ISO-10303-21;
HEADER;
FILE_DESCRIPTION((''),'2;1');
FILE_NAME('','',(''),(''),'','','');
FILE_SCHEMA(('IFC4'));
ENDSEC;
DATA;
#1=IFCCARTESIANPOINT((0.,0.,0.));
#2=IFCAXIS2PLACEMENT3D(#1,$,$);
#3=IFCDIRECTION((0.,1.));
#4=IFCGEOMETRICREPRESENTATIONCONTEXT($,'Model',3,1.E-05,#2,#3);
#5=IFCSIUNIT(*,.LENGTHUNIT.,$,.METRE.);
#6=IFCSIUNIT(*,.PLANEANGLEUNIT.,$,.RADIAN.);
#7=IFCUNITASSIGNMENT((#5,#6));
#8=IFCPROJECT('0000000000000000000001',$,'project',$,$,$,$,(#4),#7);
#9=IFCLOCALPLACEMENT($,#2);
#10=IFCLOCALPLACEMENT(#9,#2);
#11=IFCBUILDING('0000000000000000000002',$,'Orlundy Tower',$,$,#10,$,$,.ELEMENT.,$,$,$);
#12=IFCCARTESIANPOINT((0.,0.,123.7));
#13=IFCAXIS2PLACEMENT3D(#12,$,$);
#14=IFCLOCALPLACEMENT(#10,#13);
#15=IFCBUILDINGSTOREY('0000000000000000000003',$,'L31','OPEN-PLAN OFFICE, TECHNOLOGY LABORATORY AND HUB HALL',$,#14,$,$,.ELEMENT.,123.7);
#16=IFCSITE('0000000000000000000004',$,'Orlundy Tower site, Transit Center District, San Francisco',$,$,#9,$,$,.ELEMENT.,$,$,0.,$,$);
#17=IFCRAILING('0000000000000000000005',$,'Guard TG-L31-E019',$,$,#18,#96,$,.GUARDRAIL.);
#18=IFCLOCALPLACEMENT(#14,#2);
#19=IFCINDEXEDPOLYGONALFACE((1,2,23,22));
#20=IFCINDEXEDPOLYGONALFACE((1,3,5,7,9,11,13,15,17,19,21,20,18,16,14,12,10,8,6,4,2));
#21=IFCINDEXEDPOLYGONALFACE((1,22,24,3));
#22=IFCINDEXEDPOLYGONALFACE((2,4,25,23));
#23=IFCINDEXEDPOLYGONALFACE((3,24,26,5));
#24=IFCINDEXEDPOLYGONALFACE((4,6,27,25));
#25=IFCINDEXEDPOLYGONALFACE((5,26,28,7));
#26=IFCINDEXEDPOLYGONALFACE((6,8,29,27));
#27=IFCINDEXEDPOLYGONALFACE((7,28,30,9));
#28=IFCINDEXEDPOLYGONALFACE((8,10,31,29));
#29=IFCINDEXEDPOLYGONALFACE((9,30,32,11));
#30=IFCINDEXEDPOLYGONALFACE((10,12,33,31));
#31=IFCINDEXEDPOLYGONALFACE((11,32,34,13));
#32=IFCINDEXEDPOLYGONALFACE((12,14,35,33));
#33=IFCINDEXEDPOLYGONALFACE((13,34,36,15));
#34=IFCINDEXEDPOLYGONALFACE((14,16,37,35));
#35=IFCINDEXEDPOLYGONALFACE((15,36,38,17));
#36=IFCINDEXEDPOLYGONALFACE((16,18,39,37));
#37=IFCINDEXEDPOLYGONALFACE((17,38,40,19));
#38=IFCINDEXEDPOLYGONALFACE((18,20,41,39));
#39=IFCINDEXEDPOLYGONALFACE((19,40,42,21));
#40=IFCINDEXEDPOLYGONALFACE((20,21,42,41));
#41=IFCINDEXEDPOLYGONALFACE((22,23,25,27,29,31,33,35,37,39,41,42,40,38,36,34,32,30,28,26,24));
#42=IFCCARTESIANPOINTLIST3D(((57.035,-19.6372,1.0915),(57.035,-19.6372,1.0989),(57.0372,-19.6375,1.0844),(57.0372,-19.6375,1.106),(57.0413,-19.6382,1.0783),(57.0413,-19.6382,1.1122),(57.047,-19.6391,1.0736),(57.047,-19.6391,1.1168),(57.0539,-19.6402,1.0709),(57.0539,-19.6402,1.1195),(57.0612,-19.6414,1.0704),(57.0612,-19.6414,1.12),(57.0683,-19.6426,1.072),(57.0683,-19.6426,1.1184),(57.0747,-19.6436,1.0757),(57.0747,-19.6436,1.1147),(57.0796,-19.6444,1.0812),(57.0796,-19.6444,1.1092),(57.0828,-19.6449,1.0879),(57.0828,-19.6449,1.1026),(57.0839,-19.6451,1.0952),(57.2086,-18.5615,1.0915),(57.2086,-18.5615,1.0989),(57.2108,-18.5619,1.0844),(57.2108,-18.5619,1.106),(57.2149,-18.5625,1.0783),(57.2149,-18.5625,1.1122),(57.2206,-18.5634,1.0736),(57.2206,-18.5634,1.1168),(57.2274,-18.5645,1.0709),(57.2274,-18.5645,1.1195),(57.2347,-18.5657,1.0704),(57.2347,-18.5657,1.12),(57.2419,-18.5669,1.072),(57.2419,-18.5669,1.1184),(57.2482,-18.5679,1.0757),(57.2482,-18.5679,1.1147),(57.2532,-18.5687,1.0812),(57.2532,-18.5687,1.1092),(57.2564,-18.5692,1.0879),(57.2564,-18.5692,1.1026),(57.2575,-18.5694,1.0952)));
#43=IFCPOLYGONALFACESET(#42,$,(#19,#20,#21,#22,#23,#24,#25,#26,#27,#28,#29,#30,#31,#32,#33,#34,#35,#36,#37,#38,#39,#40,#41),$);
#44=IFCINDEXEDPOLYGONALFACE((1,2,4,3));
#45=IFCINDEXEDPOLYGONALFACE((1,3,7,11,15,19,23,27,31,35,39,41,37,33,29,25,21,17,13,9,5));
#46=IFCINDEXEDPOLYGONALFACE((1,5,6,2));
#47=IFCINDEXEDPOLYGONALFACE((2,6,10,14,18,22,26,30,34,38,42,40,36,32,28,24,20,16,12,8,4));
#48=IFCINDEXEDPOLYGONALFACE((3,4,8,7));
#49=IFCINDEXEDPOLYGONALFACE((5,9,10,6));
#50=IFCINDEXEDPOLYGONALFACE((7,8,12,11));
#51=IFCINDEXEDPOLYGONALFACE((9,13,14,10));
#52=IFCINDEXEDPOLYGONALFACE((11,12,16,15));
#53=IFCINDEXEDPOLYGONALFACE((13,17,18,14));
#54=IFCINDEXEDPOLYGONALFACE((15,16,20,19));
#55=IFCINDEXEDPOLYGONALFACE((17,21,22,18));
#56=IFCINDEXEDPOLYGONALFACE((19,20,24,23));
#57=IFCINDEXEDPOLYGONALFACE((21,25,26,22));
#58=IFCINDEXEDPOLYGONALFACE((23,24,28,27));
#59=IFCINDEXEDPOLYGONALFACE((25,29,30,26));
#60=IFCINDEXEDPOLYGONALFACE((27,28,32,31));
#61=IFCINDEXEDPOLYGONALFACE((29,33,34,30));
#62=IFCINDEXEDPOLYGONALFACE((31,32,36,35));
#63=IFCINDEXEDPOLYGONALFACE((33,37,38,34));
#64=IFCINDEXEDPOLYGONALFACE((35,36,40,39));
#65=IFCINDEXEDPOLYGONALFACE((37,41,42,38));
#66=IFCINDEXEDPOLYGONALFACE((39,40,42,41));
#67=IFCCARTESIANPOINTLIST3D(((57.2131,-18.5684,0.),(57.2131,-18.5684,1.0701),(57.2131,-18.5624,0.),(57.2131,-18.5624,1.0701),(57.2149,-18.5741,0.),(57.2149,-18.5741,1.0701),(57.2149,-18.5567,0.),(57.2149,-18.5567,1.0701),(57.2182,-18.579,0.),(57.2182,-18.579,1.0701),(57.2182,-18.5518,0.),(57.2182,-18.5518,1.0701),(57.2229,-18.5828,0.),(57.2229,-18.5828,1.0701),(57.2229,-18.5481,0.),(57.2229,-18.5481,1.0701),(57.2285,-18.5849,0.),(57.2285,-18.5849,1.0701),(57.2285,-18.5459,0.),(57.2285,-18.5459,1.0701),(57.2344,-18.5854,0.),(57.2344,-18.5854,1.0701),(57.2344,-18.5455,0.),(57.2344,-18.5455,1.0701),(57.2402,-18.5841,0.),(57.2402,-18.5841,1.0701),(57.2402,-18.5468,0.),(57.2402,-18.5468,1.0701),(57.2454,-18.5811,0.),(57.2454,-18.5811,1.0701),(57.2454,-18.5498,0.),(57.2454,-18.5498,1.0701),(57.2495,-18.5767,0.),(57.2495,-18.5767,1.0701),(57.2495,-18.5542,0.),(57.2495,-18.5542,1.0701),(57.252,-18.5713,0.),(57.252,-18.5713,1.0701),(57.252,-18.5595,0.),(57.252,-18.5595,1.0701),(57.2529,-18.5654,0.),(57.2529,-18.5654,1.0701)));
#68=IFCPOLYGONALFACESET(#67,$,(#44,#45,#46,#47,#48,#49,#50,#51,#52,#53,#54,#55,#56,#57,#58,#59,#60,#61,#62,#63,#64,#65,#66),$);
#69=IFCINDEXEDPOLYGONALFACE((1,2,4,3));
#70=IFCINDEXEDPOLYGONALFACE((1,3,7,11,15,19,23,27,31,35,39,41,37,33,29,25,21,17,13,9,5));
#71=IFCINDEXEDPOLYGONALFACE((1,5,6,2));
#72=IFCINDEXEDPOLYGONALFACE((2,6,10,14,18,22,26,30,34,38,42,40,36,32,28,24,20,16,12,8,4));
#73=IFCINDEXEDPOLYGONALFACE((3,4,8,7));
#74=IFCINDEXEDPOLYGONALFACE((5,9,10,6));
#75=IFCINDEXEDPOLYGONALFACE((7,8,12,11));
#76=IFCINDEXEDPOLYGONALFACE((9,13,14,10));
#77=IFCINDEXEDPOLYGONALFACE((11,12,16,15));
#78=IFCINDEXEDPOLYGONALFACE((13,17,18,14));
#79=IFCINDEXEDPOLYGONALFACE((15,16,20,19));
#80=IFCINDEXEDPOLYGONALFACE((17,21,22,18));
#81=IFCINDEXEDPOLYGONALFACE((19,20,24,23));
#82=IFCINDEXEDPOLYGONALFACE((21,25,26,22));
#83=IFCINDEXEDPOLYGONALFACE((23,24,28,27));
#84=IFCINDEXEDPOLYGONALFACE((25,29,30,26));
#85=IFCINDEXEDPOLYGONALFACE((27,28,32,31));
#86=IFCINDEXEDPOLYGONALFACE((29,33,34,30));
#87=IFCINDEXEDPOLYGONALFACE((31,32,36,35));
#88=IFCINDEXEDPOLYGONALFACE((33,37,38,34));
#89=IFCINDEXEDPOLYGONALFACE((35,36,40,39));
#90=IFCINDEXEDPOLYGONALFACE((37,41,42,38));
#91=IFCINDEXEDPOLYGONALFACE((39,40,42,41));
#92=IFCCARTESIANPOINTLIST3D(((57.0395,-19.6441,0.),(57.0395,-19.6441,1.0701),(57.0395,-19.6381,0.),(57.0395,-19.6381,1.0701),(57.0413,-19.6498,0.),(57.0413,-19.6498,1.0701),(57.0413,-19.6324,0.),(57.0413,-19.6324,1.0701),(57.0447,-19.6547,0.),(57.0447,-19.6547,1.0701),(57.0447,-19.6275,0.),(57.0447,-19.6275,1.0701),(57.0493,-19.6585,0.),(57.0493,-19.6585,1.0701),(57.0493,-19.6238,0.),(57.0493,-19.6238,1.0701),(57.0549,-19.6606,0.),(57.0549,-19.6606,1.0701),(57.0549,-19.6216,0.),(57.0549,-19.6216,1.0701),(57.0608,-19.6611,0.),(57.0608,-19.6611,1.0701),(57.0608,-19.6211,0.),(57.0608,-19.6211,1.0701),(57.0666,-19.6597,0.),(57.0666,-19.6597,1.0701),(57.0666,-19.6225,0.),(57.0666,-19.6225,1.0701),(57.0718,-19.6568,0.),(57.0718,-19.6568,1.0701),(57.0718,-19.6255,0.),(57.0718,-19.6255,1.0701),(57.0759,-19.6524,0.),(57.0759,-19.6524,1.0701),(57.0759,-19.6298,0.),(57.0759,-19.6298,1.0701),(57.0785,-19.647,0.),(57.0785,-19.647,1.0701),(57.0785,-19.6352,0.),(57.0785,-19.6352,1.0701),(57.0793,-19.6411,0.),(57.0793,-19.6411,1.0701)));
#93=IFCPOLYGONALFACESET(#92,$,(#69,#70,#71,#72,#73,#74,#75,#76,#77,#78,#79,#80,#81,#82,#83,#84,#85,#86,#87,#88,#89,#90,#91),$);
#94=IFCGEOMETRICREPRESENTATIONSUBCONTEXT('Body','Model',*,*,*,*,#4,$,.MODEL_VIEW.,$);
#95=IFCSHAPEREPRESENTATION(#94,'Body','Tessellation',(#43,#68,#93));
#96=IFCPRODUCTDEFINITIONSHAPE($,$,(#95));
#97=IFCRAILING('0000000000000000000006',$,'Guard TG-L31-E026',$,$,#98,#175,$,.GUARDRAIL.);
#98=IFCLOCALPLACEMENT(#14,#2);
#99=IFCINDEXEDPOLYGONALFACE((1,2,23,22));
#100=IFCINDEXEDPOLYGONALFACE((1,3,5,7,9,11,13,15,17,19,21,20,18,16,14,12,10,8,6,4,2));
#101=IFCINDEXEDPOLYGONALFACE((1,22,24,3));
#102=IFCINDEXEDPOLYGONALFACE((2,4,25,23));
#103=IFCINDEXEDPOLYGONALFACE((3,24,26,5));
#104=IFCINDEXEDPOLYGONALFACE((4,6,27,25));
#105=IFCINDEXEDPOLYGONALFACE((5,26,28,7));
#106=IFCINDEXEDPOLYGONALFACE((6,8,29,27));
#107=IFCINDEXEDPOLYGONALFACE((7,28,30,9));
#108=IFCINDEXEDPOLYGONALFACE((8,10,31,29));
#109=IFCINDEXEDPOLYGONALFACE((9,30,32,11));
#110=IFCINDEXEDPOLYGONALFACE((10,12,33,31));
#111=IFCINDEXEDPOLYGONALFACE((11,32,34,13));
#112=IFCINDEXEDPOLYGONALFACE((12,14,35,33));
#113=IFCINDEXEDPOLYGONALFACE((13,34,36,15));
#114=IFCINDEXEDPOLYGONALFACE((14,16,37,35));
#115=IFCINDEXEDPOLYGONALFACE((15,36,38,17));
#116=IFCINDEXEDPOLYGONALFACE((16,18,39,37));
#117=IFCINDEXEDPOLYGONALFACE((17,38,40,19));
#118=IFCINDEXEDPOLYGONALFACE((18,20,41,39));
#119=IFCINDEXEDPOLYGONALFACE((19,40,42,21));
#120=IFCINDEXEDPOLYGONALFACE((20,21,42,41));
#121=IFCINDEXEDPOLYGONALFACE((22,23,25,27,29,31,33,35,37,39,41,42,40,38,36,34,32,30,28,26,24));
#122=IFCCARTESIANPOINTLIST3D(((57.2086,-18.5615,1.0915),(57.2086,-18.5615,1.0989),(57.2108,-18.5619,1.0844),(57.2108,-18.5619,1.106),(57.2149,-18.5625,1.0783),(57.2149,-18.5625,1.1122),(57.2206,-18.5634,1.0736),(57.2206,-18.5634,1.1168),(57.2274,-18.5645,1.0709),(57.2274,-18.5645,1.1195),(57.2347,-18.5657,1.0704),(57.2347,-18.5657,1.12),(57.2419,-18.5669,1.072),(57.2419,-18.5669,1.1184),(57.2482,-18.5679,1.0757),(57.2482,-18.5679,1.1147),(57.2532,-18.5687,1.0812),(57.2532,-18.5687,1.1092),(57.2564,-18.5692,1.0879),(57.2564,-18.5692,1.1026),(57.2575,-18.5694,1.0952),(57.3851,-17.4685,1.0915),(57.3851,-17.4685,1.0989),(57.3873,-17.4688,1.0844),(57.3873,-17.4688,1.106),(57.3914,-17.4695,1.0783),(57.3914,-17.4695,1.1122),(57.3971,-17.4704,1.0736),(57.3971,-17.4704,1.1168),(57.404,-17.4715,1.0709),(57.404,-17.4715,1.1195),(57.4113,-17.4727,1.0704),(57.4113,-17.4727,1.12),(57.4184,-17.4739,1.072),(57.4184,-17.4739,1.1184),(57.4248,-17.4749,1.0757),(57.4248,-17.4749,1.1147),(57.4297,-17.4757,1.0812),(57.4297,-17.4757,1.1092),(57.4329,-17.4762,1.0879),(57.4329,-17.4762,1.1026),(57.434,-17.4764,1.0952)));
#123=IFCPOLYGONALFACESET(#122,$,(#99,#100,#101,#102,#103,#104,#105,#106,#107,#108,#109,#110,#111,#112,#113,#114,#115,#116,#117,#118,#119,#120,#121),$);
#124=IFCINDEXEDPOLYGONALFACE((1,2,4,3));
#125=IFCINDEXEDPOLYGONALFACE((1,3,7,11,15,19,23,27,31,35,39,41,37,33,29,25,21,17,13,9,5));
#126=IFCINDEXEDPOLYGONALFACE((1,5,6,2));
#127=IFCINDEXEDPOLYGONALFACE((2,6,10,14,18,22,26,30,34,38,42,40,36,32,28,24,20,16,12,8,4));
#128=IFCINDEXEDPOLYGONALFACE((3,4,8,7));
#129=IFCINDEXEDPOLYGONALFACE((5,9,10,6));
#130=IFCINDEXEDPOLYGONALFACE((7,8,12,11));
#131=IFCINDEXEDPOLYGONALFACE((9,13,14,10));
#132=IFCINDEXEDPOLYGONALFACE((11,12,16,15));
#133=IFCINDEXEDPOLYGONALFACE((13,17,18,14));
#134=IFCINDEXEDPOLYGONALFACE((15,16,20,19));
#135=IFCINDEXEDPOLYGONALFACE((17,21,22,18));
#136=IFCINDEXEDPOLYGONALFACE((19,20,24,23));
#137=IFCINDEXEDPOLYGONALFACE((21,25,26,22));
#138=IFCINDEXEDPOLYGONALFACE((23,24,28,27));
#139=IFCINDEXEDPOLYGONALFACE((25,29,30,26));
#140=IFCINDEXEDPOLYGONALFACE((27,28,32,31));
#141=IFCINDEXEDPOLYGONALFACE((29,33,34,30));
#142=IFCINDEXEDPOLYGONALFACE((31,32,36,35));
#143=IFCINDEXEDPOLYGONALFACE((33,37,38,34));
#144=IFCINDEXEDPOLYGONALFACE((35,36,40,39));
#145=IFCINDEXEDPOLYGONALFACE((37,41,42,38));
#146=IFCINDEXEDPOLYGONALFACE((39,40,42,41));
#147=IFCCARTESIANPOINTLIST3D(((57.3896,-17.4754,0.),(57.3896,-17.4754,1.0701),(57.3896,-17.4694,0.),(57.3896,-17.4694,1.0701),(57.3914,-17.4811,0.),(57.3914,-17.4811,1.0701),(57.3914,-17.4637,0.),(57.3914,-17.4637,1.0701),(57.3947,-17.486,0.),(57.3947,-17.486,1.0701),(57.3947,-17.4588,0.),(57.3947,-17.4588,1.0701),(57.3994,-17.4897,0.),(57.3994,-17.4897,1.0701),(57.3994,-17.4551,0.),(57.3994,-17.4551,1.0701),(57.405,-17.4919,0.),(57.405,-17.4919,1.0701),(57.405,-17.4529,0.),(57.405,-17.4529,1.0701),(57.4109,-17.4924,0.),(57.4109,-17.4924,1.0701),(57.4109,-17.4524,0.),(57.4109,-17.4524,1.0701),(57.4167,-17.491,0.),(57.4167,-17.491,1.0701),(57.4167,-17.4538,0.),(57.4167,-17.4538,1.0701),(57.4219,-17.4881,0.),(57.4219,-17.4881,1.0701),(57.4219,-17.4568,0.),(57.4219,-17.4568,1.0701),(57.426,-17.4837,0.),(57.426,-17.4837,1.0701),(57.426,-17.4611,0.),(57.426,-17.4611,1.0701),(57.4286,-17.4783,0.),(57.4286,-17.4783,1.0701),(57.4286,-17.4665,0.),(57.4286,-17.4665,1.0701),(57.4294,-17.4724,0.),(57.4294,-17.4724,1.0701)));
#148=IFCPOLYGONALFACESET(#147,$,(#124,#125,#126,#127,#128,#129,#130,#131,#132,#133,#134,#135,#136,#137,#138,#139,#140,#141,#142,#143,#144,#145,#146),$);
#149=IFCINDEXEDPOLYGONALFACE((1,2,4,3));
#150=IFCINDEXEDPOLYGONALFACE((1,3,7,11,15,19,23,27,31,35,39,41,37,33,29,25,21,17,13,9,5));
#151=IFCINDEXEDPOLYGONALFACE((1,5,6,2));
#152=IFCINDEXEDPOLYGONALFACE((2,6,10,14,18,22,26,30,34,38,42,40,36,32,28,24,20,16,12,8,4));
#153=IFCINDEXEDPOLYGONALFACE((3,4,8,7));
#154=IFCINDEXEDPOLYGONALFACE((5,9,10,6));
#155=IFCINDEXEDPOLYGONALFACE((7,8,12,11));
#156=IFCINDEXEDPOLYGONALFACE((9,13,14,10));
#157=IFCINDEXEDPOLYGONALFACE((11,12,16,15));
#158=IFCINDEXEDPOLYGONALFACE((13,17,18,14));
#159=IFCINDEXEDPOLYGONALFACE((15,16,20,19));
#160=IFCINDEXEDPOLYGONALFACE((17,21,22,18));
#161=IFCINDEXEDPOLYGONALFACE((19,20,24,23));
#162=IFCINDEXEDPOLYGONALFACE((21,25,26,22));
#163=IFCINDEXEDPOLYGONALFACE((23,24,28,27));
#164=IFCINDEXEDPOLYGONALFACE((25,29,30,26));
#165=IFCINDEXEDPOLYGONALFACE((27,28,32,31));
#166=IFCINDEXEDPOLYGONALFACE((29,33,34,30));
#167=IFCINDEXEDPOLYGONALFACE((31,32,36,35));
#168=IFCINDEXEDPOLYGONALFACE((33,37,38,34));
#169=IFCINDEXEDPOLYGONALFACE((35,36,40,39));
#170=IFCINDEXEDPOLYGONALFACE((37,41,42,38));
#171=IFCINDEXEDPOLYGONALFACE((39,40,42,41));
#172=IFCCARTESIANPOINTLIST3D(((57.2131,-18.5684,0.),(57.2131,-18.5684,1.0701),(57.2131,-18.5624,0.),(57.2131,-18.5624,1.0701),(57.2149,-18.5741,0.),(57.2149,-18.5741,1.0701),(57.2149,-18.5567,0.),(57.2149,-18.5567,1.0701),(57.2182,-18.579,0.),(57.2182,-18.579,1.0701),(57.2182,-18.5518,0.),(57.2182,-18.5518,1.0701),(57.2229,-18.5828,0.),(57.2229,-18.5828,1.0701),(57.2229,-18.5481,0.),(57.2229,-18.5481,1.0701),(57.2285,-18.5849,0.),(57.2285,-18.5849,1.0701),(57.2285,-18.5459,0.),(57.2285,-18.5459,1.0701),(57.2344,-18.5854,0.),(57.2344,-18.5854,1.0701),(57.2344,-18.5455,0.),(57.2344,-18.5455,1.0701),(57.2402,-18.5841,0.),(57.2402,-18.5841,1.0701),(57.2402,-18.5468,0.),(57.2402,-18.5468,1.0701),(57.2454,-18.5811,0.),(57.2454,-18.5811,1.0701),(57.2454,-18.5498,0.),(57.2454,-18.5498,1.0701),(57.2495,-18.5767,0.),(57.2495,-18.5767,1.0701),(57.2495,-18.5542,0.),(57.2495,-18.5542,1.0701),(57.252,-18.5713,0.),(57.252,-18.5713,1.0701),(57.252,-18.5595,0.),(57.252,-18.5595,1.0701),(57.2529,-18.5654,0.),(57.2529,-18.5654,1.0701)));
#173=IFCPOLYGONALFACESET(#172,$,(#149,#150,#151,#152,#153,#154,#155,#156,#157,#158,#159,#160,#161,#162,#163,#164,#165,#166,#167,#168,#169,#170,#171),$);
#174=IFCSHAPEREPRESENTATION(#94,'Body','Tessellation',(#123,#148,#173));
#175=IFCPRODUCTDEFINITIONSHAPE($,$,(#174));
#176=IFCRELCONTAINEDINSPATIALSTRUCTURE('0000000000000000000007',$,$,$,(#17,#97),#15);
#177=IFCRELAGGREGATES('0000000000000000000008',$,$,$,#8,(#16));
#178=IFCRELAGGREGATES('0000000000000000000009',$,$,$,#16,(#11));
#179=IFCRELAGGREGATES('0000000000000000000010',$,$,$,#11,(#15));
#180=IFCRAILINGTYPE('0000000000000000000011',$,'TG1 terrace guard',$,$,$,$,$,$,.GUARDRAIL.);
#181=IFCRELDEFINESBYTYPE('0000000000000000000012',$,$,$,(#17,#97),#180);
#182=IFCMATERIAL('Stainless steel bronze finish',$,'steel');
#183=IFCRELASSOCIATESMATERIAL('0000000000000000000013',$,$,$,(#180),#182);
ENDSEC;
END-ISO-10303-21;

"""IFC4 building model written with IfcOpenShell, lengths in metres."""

from ifc_helpers import new_model, si_unit, direction, frame, origin, origin_2d, place, context, subcontext, project, spatial, circle, extrude, material, type_object, element, save


model = new_model("IFC4")

# Units and contexts
model_context = context("Model", 3, precision=1e-05, world=origin(), true_north=direction((0.0, 1.0)))
body_context = subcontext(model_context, "Body", "Model", "MODEL_VIEW")
ifc_project = project(units=[si_unit("LENGTHUNIT", "METRE"), si_unit("PLANEANGLEUNIT", "RADIAN")], contexts=[model_context])

# Site, building, storey
site_placement = place(None, origin())
site = spatial("IfcSite", under=ifc_project, at=site_placement, Name="Orlundy Tower site, Transit Center District, San Francisco", CompositionType="ELEMENT", RefElevation=0.0)
building_placement = place(site_placement, origin())
building = spatial("IfcBuilding", under=site, at=building_placement, Name="Orlundy Tower", CompositionType="ELEMENT")
storey_placement = place(building_placement, frame((0.0, 0.0, 123.7)))
storey = spatial("IfcBuildingStorey", under=building, at=storey_placement, Name="L31", Description="OPEN-PLAN OFFICE, TECHNOLOGY LABORATORY AND HUB HALL", CompositionType="ELEMENT", Elevation=123.7)

# Railings
ifc_material_1 = material(Name="Stainless steel bronze finish", Category="steel")
railing_type = type_object("IfcRailingType", Name="TG1 terrace guard", PredefinedType="GUARDRAIL", material=ifc_material_1)
railing_1_placement = place(storey_placement, frame((57.2329, -18.5654, 0.0)))
element("IfcRailing", 1, at=railing_1_placement, inside=storey, type_object=railing_type, Name="Guard TG-L31-E019", PredefinedType="GUARDRAIL", context=body_context, shape_type="SweptSolid", body=[
    extrude(circle(Radius=0.0249, at=origin_2d()), frame((0.0, 0.0, 1.0952), z_axis=(-0.15931, -0.987229, 0.0), x_axis=(0.987229, -0.15931, 0.0)), (0.0, 0.0, 1.0), 1.0896),
    extrude(circle(Radius=0.02, at=origin_2d()), origin(), (0.0, 0.0, 1.0), 1.0701),
    extrude(circle(Radius=0.02, at=origin_2d()), frame((-0.1736, -1.0757, 0.0)), (0.0, 0.0, 1.0), 1.0701),
])
railing_2_placement = place(storey_placement, frame((57.4094, -17.4724, 0.0)))
element("IfcRailing", 2, at=railing_2_placement, inside=storey, type_object=railing_type, Name="Guard TG-L31-E026", PredefinedType="GUARDRAIL", context=body_context, shape_type="SweptSolid", body=[
    extrude(circle(Radius=0.0249, at=origin_2d()), frame((0.0, 0.0, 1.0952), z_axis=(-0.159427, -0.98721, 0.0), x_axis=(0.98721, -0.159427, 0.0)), (0.0, 0.0, 1.0), 1.1072),
    extrude(circle(Radius=0.02, at=origin_2d()), origin(), (0.0, 0.0, 1.0), 1.0701),
    extrude(circle(Radius=0.02, at=origin_2d()), frame((-0.1765, -1.093, 0.0)), (0.0, 0.0, 1.0), 1.0701),
])

save(model, "model.ifc")
